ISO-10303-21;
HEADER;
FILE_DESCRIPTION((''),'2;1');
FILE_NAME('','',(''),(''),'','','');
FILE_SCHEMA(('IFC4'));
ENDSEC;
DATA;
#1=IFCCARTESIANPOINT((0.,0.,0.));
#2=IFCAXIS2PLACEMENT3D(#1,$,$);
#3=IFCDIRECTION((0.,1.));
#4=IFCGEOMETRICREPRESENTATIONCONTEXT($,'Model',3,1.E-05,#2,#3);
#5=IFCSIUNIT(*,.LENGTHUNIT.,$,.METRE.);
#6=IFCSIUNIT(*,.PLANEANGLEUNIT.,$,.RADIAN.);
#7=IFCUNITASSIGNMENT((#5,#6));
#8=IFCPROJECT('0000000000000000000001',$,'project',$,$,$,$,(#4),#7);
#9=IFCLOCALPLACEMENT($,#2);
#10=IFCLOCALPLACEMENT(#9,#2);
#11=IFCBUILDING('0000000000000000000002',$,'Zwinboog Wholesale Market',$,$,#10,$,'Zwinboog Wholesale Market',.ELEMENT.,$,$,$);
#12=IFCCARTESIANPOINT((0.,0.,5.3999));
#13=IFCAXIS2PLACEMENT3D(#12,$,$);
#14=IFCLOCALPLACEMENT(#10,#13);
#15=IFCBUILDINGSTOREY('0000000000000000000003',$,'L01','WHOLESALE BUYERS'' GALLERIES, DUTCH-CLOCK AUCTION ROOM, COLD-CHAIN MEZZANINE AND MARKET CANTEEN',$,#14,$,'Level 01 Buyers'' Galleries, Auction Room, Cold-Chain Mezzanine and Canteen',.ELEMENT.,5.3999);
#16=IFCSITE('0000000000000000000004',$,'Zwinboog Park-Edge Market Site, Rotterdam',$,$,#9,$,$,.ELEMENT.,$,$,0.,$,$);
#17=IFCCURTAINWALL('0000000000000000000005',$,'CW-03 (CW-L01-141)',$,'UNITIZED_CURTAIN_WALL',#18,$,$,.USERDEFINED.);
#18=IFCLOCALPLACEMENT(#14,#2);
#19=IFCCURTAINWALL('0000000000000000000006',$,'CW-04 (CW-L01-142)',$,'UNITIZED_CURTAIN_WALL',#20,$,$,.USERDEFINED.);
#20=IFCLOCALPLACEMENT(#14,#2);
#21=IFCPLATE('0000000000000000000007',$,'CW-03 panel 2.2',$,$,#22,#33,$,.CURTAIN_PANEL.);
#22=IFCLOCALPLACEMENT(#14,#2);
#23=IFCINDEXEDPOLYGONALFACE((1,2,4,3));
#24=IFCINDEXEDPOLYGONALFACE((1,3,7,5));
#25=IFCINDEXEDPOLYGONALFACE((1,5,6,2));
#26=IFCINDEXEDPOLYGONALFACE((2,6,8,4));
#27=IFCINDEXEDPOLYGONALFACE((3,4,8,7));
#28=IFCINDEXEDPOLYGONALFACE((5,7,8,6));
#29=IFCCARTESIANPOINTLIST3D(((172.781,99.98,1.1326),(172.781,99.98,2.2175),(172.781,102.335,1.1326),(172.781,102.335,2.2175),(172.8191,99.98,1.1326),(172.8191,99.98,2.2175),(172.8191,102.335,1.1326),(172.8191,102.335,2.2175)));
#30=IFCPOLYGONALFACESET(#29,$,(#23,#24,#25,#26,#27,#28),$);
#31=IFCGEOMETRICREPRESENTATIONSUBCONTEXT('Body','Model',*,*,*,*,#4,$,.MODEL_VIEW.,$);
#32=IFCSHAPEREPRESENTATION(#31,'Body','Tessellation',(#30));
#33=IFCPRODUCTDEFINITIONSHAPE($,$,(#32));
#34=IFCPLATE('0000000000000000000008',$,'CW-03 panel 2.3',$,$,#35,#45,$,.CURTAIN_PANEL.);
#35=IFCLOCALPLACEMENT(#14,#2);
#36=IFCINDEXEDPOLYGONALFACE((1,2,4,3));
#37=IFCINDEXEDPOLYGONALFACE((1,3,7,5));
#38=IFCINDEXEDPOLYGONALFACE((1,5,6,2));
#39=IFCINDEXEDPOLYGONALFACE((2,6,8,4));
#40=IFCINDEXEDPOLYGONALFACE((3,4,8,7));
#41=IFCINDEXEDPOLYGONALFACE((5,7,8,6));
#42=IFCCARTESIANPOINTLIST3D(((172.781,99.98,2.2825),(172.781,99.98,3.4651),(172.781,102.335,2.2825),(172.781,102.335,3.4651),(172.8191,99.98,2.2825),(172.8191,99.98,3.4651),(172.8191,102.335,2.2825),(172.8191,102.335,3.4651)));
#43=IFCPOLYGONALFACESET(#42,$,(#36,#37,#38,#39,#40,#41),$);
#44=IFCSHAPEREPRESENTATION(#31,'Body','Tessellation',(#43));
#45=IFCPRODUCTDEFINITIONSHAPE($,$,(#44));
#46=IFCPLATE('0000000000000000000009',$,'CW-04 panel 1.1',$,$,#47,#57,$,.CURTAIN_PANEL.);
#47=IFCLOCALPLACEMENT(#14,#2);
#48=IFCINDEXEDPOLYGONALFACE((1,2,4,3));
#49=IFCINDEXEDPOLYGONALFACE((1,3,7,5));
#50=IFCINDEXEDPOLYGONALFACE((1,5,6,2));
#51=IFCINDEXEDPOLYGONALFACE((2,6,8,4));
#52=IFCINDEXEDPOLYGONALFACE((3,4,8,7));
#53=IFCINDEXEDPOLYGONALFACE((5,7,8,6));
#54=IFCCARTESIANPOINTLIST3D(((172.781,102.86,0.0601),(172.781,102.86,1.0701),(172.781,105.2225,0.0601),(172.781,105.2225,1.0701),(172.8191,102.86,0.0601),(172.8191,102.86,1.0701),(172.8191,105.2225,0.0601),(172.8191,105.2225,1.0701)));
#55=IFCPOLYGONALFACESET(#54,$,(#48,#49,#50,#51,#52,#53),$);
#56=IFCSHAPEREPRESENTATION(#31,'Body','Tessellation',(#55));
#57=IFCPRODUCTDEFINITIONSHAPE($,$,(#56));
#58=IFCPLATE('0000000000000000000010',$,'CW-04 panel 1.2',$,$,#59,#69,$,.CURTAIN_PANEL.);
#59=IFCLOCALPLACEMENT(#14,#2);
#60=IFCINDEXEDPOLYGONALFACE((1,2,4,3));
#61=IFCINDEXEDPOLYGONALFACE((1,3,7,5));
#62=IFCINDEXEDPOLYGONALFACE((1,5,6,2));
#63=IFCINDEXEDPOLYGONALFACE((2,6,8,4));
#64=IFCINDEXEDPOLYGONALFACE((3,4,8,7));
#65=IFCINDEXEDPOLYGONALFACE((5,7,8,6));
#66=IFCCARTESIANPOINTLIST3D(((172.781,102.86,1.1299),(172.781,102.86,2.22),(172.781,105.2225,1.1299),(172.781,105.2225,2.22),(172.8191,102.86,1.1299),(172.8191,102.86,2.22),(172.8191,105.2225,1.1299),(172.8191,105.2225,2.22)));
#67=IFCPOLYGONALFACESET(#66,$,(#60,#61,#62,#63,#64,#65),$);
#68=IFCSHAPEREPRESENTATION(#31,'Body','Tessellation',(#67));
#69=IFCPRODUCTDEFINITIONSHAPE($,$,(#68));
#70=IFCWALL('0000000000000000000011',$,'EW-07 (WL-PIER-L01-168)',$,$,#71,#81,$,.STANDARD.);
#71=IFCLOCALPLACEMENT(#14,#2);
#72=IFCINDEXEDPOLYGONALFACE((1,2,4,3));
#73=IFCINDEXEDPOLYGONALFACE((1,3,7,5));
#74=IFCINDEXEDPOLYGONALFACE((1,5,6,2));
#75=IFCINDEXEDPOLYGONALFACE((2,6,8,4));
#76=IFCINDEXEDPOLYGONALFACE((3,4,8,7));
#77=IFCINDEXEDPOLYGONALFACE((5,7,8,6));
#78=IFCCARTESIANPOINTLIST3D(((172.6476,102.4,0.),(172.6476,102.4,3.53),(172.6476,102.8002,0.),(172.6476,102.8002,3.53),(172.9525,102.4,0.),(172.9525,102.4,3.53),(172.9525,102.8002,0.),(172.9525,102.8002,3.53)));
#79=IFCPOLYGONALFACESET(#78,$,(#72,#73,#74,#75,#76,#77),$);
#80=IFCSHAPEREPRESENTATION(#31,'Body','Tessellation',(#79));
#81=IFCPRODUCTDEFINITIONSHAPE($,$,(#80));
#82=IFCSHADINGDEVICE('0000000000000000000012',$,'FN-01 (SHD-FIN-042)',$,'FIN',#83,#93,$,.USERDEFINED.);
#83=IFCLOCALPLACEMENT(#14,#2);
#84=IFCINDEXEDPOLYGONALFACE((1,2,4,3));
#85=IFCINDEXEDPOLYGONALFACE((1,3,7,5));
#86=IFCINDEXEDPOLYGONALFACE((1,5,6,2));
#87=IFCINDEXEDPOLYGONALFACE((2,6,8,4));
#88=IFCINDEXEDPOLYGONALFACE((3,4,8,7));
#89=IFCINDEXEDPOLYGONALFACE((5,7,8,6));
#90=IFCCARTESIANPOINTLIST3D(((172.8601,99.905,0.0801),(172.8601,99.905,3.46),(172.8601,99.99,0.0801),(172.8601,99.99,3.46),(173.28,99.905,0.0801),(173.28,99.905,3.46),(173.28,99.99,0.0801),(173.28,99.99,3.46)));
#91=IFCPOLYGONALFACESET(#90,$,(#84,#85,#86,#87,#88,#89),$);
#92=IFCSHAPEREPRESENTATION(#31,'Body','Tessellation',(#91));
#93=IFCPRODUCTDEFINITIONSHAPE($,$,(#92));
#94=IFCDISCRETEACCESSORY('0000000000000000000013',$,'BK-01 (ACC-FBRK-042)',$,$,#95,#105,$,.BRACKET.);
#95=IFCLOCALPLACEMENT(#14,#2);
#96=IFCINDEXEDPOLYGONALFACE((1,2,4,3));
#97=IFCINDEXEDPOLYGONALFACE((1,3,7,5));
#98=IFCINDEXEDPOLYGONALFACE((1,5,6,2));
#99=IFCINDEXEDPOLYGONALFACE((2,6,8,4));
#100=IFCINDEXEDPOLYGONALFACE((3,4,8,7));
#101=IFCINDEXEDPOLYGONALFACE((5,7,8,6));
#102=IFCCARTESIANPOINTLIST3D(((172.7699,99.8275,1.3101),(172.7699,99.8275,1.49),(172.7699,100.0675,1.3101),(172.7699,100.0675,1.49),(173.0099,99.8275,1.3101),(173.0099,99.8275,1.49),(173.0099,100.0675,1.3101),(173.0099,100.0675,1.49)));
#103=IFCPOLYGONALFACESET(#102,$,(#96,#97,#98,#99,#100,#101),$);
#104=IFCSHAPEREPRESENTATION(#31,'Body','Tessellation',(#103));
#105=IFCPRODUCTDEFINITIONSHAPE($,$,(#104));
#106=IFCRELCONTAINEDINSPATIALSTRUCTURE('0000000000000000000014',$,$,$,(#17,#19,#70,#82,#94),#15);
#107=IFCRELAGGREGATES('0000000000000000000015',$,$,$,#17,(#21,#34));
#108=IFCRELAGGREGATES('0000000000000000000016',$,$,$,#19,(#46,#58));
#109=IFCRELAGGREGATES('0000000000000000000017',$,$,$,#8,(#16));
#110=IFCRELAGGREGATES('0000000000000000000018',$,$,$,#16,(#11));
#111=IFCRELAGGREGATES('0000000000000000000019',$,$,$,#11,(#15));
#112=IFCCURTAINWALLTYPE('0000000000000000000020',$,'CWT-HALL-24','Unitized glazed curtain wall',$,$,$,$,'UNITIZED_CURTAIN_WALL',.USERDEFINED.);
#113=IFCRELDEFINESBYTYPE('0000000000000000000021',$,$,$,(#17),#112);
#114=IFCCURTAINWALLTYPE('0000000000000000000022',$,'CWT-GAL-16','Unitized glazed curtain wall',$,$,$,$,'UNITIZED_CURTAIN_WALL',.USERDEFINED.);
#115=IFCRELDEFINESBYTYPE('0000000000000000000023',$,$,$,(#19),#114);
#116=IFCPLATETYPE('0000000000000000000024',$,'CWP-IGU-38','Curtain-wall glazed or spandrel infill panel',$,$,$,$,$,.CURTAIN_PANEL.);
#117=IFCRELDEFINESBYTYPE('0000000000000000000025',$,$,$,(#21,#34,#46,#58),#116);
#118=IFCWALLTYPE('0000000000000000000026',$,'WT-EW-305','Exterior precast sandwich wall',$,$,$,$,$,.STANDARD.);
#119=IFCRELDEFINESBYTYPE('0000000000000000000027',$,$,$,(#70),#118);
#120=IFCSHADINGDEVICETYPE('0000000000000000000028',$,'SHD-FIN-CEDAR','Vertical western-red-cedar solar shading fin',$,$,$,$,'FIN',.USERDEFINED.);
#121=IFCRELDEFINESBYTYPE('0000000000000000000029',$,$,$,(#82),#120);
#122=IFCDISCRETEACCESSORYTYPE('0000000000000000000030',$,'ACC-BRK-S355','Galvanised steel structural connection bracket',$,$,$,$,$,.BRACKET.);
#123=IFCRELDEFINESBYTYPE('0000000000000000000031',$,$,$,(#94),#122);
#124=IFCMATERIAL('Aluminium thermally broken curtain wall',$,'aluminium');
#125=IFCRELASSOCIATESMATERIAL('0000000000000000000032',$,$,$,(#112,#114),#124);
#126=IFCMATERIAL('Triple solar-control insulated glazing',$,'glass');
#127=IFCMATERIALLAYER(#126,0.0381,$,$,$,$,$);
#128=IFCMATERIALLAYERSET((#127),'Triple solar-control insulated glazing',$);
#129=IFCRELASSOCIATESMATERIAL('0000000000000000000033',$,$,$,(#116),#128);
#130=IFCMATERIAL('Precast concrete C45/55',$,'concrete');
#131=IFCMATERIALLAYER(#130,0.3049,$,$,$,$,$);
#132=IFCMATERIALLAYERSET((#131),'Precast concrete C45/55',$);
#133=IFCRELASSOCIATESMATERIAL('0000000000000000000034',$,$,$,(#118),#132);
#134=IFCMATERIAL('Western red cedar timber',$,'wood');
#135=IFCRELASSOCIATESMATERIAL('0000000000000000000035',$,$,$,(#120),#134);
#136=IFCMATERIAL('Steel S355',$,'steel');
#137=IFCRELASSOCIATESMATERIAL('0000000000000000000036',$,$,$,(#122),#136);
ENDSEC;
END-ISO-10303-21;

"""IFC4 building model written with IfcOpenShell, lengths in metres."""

from ifc_helpers import new_model, si_unit, direction, frame, frame_2d, origin, origin_2d, place, context, subcontext, project, spatial, rectangle, extrude, material, layer, layer_set, type_object, element, aggregate, save


model = new_model("IFC4")

# Units and contexts
model_context = context("Model", 3, precision=1e-05, world=origin(), true_north=direction((0.0, 1.0)))
body_context = subcontext(model_context, "Body", "Model", "MODEL_VIEW")
ifc_project = project(units=[si_unit("LENGTHUNIT", "METRE"), si_unit("PLANEANGLEUNIT", "RADIAN")], contexts=[model_context])

# Site, building, storey
site_placement = place(None, origin())
site = spatial("IfcSite", under=ifc_project, at=site_placement, Name="Zwinboog Park-Edge Market Site, Rotterdam", CompositionType="ELEMENT", RefElevation=0.0)
building_placement = place(site_placement, origin())
building = spatial("IfcBuilding", under=site, at=building_placement, Name="Zwinboog Wholesale Market", LongName="Zwinboog Wholesale Market", CompositionType="ELEMENT")
storey_placement = place(building_placement, frame((0.0, 0.0, 5.3999)))
storey = spatial("IfcBuildingStorey", under=building, at=storey_placement, Name="L01", Description="WHOLESALE BUYERS' GALLERIES, DUTCH-CLOCK AUCTION ROOM, COLD-CHAIN MEZZANINE AND MARKET CANTEEN", LongName="Level 01 Buyers' Galleries, Auction Room, Cold-Chain Mezzanine and Canteen", CompositionType="ELEMENT", Elevation=5.3999)

# Shared definitions
ifc_material_1 = material(Name="Steel S355", Category="steel")

# Curtain walls
ifc_material_2 = material(Name="Aluminium thermally broken curtain wall", Category="aluminium")
curtain_wall_type_1 = type_object("IfcCurtainWallType", Name="CWT-HALL-24", Description="Unitized glazed curtain wall", ElementType="UNITIZED_CURTAIN_WALL", PredefinedType="USERDEFINED", material=ifc_material_2)
curtain_wall_1_placement = place(storey_placement, origin())
curtain_wall_1 = element("IfcCurtainWall", 1, at=curtain_wall_1_placement, inside=storey, type_object=curtain_wall_type_1, Name="CW-03 (CW-L01-141)", ObjectType="UNITIZED_CURTAIN_WALL", PredefinedType="USERDEFINED")
curtain_wall_type_2 = type_object("IfcCurtainWallType", Name="CWT-GAL-16", Description="Unitized glazed curtain wall", ElementType="UNITIZED_CURTAIN_WALL", PredefinedType="USERDEFINED", material=ifc_material_2)
curtain_wall_2_placement = place(storey_placement, origin())
curtain_wall_2 = element("IfcCurtainWall", 2, at=curtain_wall_2_placement, inside=storey, type_object=curtain_wall_type_2, Name="CW-04 (CW-L01-142)", ObjectType="UNITIZED_CURTAIN_WALL", PredefinedType="USERDEFINED")

# Plates
ifc_material_3 = material(Name="Triple solar-control insulated glazing", Category="glass")
ifc_layer_1 = layer(ifc_material_3, 0.0381)
ifc_layer_set_1 = layer_set([ifc_layer_1], Name="Triple solar-control insulated glazing")
plate_type = type_object("IfcPlateType", Name="CWP-IGU-38", Description="Curtain-wall glazed or spandrel infill panel", PredefinedType="CURTAIN_PANEL", material=ifc_layer_set_1)
plate_1_placement = place(storey_placement, frame((172.8, 101.1575, 1.1326), z_axis=(0.0, 0.0, 1.0), x_axis=(0.0, 1.0, 0.0)))
plate_1 = element("IfcPlate", 3, at=plate_1_placement, type_object=plate_type, Name="CW-03 panel 2.2", PredefinedType="CURTAIN_PANEL", context=body_context, shape_type="SweptSolid", body=[
    extrude(rectangle(XDim=2.355, YDim=0.0381, at=origin_2d()), origin(), (0.0, 0.0, 1.0), 1.085),
])
plate_2_placement = place(storey_placement, frame((172.8, 101.1575, 2.2825), z_axis=(0.0, 0.0, 1.0), x_axis=(0.0, 1.0, 0.0)))
plate_2 = element("IfcPlate", 4, at=plate_2_placement, type_object=plate_type, Name="CW-03 panel 2.3", PredefinedType="CURTAIN_PANEL", context=body_context, shape_type="SweptSolid", body=[
    extrude(rectangle(XDim=2.355, YDim=0.0381, at=origin_2d()), origin(), (0.0, 0.0, 1.0), 1.1826),
])
aggregate(curtain_wall_1, [plate_1, plate_2])
plate_3_placement = place(storey_placement, frame((172.8, 104.0413, 0.0601), z_axis=(0.0, 0.0, 1.0), x_axis=(0.0, 1.0, 0.0)))
plate_3 = element("IfcPlate", 5, at=plate_3_placement, type_object=plate_type, Name="CW-04 panel 1.1", PredefinedType="CURTAIN_PANEL", context=body_context, shape_type="SweptSolid", body=[
    extrude(rectangle(XDim=2.3625, YDim=0.0381, at=origin_2d()), origin(), (0.0, 0.0, 1.0), 1.01),
])
plate_4_placement = place(storey_placement, frame((172.8, 104.0413, 1.1299), z_axis=(0.0, 0.0, 1.0), x_axis=(0.0, 1.0, 0.0)))
plate_4 = element("IfcPlate", 6, at=plate_4_placement, type_object=plate_type, Name="CW-04 panel 1.2", PredefinedType="CURTAIN_PANEL", context=body_context, shape_type="SweptSolid", body=[
    extrude(rectangle(XDim=2.3625, YDim=0.0381, at=origin_2d()), origin(), (0.0, 0.0, 1.0), 1.0901),
])
aggregate(curtain_wall_2, [plate_3, plate_4])

# Wall
ifc_material_4 = material(Name="Precast concrete C45/55", Category="concrete")
ifc_layer_2 = layer(ifc_material_4, 0.3049)
ifc_layer_set_2 = layer_set([ifc_layer_2], Name="Precast concrete C45/55")
wall_type = type_object("IfcWallType", Name="WT-EW-305", Description="Exterior precast sandwich wall", PredefinedType="STANDARD", material=ifc_layer_set_2)
wall_placement = place(storey_placement, frame((172.8, 102.3999, 0.0), z_axis=(0.0, 0.0, 1.0), x_axis=(0.0, 1.0, 0.0)))
element("IfcWall", 7, at=wall_placement, inside=storey, type_object=wall_type, Name="EW-07 (WL-PIER-L01-168)", PredefinedType="STANDARD", context=body_context, shape_type="SweptSolid", body=[
    extrude(rectangle(XDim=0.4001, YDim=0.3049, at=frame_2d((0.2002, 0.0))), origin(), (0.0, 0.0, 1.0), 3.53),
])

# Shading device
ifc_material_5 = material(Name="Western red cedar timber", Category="wood")
shading_device_type = type_object("IfcShadingDeviceType", Name="SHD-FIN-CEDAR", Description="Vertical western-red-cedar solar shading fin", ElementType="FIN", PredefinedType="USERDEFINED", material=ifc_material_5)
shading_device_placement = place(storey_placement, frame((173.0701, 99.9475, 0.0801), z_axis=(0.0, 0.0, 1.0), x_axis=(1.0, 0.0, 0.0)))
element("IfcShadingDevice", 8, at=shading_device_placement, inside=storey, type_object=shading_device_type, Name="FN-01 (SHD-FIN-042)", ObjectType="FIN", PredefinedType="USERDEFINED", context=body_context, shape_type="SweptSolid", body=[
    extrude(rectangle(XDim=0.4199, YDim=0.085, at=origin_2d()), origin(), (0.0, 0.0, 1.0), 3.3799),
])

# Discrete accessory
discrete_accessory_type = type_object("IfcDiscreteAccessoryType", Name="ACC-BRK-S355", Description="Galvanised steel structural connection bracket", PredefinedType="BRACKET", material=ifc_material_1)
discrete_accessory_placement = place(storey_placement, frame((172.8899, 99.9475, 1.3101), z_axis=(0.0, 0.0, 1.0), x_axis=(1.0, 0.0, 0.0)))
element("IfcDiscreteAccessory", 9, at=discrete_accessory_placement, inside=storey, type_object=discrete_accessory_type, Name="BK-01 (ACC-FBRK-042)", PredefinedType="BRACKET", context=body_context, shape_type="SweptSolid", body=[
    extrude(rectangle(XDim=0.24, YDim=0.24, at=origin_2d()), origin(), (0.0, 0.0, 1.0), 0.1799),
])

save(model, "model.ifc")
